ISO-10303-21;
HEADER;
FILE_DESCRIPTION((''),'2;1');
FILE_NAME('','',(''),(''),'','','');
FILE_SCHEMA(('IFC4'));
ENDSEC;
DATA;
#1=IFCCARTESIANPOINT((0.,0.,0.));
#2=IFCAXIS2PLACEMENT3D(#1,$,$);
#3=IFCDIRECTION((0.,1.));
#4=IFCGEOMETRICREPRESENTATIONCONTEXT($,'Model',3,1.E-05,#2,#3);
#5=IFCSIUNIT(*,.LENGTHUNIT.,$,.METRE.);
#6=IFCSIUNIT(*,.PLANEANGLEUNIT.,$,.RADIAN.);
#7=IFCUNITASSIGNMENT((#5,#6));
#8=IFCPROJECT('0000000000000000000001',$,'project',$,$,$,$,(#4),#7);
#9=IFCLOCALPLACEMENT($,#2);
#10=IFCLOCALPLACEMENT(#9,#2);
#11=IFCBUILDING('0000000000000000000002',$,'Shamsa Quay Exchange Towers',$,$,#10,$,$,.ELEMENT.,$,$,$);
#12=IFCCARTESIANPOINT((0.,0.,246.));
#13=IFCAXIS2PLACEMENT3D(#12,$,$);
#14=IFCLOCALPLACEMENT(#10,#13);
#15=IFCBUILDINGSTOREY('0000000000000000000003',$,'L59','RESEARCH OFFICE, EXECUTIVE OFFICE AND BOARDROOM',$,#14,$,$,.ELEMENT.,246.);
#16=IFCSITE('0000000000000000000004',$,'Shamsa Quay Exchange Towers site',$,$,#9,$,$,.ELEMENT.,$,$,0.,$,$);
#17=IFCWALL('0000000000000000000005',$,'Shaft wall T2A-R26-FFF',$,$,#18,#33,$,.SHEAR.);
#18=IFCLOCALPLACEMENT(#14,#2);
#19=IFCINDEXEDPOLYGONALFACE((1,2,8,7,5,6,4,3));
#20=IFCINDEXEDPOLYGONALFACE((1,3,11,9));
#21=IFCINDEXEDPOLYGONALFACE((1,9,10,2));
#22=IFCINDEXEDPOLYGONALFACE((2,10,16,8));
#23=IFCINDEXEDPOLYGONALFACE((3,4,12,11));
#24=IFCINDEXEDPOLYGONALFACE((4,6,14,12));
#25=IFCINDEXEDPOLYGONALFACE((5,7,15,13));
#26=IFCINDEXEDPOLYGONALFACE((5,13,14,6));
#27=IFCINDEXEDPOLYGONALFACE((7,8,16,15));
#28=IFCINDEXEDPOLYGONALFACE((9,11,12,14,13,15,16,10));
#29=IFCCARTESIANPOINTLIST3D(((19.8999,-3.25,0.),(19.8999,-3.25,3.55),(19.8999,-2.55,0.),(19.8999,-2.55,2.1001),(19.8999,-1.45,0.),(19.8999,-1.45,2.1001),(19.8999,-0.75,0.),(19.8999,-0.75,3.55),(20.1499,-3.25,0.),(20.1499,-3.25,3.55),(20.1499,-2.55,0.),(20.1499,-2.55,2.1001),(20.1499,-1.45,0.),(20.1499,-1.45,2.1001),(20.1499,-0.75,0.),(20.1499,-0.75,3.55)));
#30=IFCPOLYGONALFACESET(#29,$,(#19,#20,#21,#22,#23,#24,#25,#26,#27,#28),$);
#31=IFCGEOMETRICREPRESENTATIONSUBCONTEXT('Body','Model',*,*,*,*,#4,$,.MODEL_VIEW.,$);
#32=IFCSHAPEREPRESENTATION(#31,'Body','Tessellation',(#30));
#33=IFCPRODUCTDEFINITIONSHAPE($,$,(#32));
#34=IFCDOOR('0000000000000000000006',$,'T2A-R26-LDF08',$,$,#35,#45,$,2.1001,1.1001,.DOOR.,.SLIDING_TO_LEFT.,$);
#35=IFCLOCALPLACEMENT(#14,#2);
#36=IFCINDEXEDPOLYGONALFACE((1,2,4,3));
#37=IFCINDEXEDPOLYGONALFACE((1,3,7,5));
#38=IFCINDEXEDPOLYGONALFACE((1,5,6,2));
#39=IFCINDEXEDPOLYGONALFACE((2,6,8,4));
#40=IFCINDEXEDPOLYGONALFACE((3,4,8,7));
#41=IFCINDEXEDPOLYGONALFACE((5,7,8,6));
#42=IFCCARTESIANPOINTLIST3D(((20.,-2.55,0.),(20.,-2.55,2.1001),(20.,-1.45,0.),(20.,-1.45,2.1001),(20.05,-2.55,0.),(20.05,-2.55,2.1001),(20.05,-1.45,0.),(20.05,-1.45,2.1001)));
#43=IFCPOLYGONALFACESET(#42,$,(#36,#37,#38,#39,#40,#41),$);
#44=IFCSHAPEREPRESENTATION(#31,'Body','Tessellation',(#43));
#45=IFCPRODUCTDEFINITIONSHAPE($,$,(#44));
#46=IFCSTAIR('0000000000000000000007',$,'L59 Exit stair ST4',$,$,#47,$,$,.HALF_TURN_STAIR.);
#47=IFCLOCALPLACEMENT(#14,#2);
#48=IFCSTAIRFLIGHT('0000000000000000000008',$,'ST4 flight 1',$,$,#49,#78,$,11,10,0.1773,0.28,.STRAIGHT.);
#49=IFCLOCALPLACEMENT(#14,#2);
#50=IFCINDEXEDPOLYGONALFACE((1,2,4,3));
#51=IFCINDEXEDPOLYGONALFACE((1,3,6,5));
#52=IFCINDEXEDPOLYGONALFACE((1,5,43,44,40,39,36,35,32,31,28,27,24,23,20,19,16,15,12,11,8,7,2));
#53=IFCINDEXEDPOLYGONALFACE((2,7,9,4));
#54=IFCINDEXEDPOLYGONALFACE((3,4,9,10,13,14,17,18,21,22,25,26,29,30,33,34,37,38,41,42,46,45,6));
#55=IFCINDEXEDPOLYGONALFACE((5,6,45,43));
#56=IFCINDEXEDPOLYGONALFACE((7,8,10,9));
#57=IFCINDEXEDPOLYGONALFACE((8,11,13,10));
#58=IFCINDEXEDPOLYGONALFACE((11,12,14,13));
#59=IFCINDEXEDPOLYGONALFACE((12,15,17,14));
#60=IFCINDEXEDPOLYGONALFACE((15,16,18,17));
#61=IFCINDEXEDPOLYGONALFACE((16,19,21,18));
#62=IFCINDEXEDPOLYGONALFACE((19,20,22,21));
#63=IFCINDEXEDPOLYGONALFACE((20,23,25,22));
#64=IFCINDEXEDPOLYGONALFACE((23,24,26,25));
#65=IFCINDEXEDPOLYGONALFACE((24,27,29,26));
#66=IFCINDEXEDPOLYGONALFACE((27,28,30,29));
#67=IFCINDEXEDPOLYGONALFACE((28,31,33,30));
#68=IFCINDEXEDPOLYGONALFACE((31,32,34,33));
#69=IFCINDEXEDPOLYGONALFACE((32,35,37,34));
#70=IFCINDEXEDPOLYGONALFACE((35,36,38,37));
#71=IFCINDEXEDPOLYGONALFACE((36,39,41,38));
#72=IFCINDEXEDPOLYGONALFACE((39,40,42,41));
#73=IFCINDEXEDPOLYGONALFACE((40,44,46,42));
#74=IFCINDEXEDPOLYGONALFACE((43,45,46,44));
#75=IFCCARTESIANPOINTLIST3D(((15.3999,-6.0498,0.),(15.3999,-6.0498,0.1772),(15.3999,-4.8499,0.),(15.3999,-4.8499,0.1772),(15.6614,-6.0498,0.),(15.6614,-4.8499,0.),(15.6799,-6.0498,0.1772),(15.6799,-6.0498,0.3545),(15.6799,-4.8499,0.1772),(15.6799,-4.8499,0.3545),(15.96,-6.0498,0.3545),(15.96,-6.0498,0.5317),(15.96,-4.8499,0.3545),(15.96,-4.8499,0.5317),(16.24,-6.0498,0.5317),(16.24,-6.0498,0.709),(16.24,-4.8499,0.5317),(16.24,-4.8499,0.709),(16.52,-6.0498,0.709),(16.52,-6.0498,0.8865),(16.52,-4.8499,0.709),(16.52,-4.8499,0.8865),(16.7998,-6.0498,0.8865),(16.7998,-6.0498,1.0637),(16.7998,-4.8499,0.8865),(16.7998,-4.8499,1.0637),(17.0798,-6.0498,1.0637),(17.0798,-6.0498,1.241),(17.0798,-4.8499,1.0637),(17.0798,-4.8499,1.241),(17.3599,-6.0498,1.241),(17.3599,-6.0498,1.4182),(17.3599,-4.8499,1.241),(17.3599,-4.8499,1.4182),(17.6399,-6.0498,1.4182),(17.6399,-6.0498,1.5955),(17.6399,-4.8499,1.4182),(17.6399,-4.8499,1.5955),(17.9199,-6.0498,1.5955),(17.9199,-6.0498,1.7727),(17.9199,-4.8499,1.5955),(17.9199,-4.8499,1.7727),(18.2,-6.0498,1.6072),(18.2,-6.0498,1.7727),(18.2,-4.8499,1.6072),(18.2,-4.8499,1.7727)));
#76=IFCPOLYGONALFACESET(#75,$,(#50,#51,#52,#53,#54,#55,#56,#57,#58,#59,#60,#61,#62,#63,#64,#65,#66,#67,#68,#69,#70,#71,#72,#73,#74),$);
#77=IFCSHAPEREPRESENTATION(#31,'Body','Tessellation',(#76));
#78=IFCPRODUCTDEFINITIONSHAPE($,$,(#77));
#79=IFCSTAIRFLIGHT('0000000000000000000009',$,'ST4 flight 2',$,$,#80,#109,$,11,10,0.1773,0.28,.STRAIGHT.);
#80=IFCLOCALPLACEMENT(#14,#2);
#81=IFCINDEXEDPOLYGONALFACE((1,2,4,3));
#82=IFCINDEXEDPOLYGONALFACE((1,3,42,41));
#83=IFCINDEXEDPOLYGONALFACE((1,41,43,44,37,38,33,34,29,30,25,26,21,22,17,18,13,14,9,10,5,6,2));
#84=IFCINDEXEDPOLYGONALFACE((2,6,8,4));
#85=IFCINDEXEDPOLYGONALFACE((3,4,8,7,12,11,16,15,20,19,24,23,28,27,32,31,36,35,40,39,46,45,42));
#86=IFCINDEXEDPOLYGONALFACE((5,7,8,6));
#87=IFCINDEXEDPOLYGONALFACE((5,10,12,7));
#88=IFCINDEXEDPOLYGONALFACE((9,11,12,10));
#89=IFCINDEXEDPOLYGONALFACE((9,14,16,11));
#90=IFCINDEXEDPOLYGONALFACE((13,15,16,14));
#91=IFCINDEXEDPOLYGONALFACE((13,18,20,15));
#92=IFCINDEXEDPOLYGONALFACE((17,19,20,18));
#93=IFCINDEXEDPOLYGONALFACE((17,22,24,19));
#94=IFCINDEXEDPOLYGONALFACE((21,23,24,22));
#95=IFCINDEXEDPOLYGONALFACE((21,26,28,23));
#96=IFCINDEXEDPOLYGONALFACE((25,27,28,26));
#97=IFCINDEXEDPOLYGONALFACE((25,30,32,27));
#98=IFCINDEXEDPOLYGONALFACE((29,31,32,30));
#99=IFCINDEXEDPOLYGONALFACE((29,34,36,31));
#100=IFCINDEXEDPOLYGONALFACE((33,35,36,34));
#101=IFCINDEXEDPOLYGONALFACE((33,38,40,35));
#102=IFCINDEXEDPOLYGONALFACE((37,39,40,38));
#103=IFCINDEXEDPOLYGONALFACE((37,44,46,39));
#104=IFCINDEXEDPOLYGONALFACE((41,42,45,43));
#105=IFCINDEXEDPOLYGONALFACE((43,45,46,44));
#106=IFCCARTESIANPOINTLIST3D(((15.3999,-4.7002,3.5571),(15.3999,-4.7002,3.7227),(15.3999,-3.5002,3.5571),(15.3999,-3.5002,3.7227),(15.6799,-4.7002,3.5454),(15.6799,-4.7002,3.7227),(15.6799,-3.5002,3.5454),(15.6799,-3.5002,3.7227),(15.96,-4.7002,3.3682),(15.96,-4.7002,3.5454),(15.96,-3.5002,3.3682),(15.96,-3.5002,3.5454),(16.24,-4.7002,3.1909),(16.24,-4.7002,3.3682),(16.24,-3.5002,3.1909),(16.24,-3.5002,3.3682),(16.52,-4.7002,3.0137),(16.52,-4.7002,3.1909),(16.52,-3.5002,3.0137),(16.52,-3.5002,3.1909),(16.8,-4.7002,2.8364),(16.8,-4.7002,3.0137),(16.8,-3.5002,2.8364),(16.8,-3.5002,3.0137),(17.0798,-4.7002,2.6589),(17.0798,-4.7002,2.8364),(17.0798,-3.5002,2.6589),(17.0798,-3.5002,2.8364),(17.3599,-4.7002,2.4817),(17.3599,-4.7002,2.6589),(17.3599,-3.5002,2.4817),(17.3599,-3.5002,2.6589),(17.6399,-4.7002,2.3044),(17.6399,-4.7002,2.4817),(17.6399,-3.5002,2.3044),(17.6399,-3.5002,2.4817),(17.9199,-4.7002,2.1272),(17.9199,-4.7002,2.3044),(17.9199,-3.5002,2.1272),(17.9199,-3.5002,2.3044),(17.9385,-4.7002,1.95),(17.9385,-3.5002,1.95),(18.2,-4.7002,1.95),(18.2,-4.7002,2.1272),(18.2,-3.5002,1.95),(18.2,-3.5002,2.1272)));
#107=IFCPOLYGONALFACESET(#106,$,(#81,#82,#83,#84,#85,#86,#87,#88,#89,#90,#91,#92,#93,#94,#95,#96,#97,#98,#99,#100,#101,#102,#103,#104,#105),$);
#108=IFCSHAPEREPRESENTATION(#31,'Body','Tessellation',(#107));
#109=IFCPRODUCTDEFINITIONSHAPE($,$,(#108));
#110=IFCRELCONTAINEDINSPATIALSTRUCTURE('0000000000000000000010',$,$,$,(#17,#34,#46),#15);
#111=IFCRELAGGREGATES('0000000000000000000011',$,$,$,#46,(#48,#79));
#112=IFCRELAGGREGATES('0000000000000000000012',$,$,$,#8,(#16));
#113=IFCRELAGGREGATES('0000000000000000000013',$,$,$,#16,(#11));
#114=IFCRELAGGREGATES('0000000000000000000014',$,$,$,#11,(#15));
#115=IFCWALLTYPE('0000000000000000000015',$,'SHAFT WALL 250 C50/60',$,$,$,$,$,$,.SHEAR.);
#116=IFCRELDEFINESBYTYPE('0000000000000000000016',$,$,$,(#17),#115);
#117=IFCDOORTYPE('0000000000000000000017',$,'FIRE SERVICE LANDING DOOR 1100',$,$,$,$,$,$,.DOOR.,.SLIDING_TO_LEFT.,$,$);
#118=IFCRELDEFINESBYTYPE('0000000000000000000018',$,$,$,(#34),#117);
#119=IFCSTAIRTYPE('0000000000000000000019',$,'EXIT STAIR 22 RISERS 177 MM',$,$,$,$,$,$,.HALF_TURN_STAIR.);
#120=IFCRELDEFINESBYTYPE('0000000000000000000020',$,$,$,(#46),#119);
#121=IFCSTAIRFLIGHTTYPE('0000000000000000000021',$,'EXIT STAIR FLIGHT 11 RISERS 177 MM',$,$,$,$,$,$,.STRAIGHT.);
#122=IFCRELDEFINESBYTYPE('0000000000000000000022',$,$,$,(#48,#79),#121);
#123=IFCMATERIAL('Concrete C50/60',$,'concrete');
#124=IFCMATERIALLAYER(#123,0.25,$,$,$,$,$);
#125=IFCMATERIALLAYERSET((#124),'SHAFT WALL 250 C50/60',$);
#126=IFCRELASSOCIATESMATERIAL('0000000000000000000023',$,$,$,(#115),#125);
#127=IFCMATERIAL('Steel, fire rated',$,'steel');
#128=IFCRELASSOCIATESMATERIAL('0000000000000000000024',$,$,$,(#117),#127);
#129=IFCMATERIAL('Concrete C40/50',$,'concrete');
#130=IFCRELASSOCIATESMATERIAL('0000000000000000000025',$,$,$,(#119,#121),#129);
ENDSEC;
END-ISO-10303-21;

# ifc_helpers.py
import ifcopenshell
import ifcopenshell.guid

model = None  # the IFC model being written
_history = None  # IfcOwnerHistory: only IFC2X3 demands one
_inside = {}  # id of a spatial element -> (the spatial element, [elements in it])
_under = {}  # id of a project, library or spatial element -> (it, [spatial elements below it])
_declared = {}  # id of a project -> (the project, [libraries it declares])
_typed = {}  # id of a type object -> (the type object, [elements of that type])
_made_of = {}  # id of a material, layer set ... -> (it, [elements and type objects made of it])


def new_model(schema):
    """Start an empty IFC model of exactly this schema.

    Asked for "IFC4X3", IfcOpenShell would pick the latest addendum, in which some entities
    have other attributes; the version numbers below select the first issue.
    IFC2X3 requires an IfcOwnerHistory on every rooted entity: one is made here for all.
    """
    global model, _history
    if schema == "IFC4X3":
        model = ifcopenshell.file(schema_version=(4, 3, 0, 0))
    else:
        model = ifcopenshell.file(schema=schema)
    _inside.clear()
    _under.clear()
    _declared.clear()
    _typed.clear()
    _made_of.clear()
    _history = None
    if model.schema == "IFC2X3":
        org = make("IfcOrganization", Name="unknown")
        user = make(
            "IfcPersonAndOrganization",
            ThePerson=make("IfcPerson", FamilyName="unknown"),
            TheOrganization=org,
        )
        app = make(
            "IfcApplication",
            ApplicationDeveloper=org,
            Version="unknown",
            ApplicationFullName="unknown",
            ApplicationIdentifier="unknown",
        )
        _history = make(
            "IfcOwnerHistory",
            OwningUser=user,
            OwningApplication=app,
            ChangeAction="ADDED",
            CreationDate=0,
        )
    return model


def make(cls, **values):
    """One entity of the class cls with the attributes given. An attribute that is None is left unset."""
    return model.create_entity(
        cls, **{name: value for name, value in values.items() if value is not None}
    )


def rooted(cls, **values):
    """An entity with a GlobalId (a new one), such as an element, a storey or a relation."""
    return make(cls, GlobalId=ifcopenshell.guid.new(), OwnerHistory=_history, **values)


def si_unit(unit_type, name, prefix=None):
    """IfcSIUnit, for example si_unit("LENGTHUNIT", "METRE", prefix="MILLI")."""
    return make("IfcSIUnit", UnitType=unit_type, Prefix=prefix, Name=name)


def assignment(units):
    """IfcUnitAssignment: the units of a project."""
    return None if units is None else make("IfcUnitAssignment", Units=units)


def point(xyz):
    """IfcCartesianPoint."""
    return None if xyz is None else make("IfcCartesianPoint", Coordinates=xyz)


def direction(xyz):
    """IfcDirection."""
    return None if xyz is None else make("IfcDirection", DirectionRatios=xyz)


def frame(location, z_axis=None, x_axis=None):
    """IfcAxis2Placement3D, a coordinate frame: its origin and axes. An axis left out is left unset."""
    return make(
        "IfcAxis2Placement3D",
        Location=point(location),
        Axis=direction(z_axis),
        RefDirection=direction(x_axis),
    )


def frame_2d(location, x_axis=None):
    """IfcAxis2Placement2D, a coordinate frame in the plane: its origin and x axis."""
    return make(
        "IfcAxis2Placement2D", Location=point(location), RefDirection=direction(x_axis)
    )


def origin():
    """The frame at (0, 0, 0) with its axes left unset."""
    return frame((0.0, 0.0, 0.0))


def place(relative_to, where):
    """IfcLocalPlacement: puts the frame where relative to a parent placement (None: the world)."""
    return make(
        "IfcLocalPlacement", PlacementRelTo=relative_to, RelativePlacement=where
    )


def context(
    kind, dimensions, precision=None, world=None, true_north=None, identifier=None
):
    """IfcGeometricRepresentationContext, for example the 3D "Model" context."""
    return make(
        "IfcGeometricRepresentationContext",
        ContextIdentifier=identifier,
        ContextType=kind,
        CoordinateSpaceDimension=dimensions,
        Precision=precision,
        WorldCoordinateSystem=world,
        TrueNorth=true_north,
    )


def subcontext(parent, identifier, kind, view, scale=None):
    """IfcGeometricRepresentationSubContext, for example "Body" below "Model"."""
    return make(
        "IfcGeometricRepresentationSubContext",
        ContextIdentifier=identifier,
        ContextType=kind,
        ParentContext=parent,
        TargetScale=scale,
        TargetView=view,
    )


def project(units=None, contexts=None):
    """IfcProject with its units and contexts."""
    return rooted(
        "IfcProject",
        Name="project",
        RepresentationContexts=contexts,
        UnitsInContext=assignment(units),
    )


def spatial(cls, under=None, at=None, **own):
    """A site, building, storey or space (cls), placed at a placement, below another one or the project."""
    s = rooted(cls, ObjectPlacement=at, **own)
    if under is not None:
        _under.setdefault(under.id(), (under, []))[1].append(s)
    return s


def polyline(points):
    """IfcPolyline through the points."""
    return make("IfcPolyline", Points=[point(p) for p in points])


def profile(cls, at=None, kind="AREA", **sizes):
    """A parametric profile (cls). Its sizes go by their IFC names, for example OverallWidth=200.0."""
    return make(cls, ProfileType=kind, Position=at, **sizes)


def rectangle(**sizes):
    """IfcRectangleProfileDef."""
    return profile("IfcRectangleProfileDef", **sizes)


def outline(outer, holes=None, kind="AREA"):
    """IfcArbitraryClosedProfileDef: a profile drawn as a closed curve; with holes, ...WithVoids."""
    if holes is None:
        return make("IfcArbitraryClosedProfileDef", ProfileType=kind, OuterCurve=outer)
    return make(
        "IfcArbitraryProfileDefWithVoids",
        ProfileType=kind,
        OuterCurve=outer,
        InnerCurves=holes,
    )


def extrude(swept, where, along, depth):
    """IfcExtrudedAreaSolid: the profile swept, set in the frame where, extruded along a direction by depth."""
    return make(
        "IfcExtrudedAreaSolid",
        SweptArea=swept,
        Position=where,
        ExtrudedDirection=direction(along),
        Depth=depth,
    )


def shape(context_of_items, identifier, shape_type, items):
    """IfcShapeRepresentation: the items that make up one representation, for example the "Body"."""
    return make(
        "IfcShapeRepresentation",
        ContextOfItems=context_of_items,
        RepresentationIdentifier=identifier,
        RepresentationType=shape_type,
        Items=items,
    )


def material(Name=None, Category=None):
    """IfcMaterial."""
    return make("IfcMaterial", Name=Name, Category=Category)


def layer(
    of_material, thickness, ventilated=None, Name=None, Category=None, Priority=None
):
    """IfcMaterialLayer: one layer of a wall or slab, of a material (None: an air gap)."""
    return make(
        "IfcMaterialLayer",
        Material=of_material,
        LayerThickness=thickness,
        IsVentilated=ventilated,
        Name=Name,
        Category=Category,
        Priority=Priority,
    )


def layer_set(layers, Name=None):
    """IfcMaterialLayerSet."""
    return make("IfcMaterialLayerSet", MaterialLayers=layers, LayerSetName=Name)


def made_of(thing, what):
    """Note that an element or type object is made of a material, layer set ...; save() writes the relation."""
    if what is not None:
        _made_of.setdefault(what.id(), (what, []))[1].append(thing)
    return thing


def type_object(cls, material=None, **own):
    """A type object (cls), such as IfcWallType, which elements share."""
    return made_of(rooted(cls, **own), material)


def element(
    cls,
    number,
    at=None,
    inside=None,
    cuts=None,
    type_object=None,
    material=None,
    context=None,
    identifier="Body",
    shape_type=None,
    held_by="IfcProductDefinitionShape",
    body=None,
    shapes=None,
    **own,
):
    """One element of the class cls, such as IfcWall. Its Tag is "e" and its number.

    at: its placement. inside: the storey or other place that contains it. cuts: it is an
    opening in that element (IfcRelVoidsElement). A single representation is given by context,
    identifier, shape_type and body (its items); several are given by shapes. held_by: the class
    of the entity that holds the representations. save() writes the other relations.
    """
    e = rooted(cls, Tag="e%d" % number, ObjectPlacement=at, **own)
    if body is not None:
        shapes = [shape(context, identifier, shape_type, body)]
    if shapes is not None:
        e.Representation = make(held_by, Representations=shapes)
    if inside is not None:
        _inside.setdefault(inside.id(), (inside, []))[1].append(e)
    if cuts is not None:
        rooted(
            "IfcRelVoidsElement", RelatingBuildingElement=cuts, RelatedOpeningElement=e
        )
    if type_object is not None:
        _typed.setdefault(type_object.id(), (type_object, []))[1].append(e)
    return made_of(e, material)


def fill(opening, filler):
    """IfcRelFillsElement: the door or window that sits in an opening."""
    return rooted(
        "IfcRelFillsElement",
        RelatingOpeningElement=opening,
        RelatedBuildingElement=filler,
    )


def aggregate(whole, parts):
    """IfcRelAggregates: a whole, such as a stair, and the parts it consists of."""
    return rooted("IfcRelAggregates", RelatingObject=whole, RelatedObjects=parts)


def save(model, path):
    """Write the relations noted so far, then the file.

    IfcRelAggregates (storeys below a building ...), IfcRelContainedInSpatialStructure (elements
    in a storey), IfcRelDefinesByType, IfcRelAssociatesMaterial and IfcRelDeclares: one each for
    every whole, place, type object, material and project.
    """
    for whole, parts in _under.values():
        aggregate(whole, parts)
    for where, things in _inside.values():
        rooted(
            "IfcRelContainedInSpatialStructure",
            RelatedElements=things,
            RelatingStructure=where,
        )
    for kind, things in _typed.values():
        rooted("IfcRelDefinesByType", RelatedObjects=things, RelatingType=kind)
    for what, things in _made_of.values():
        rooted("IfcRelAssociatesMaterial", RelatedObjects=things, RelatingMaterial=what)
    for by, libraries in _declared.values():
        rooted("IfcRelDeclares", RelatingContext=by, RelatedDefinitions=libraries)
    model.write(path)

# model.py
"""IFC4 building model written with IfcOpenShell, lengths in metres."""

from ifc_helpers import new_model, si_unit, direction, frame, frame_2d, origin, place, context, subcontext, project, spatial, polyline, rectangle, outline, extrude, material, layer, layer_set, type_object, element, fill, aggregate, save


model = new_model("IFC4")

# Units and contexts
model_context = context("Model", 3, precision=1e-05, world=origin(), true_north=direction((0.0, 1.0)))
body_context = subcontext(model_context, "Body", "Model", "MODEL_VIEW")
ifc_project = project(units=[si_unit("LENGTHUNIT", "METRE"), si_unit("PLANEANGLEUNIT", "RADIAN")], contexts=[model_context])

# Site, building, storey
site_placement = place(None, origin())
site = spatial("IfcSite", under=ifc_project, at=site_placement, Name="Shamsa Quay Exchange Towers site", CompositionType="ELEMENT", RefElevation=0.0)
building_placement = place(site_placement, origin())
building = spatial("IfcBuilding", under=site, at=building_placement, Name="Shamsa Quay Exchange Towers", CompositionType="ELEMENT")
storey_placement = place(building_placement, frame((0.0, 0.0, 246.0)))
storey = spatial("IfcBuildingStorey", under=building, at=storey_placement, Name="L59", Description="RESEARCH OFFICE, EXECUTIVE OFFICE AND BOARDROOM", CompositionType="ELEMENT", Elevation=246.0)

# Shared definitions
ifc_material_1 = material(Name="Concrete C50/60", Category="concrete")
ifc_layer_1 = layer(ifc_material_1, 0.25)
ifc_layer_set_1 = layer_set([ifc_layer_1], Name="SHAFT WALL 250 C50/60")
wall_type_1 = type_object("IfcWallType", Name="SHAFT WALL 250 C50/60", PredefinedType="SHEAR", material=ifc_layer_set_1)

# Wall, opening, door
wall_1_placement = place(storey_placement, frame((20.0249, -3.25, 0.0), z_axis=(0.0, 0.0, 1.0), x_axis=(0.0, 1.0, 0.0)))
wall_1 = element("IfcWall", 1, at=wall_1_placement, inside=storey, type_object=wall_type_1, Name="Shaft wall T2A-R26-FFF", PredefinedType="SHEAR", context=body_context, shape_type="SweptSolid", body=[
    extrude(rectangle(XDim=2.5, YDim=0.25, at=frame_2d((1.25, 0.0))), origin(), (0.0, 0.0, 1.0), 3.55),
])
opening_placement = place(wall_1_placement, frame((0.7, 0.0, 0.0)))
opening = element("IfcOpeningElement", 2, at=opening_placement, cuts=wall_1, PredefinedType="OPENING", context=body_context, shape_type="SweptSolid", body=[
    extrude(rectangle(XDim=1.1001, YDim=2.1001, at=frame_2d((0.55, 1.05))), frame((0.0, 0.135, 0.0), z_axis=(0.0, -1.0, 0.0), x_axis=(1.0, 0.0, 0.0)), (0.0, 0.0, 1.0), 0.27),
])
ifc_material_2 = material(Name="Steel, fire rated", Category="steel")
door_type = type_object("IfcDoorType", Name="FIRE SERVICE LANDING DOOR 1100", OperationType="SLIDING_TO_LEFT", PredefinedType="DOOR", material=ifc_material_2)
door_placement = place(opening_placement, origin())
door = element("IfcDoor", 3, at=door_placement, inside=storey, type_object=door_type, Name="T2A-R26-LDF08", OperationType="SLIDING_TO_LEFT", OverallHeight=2.1001, OverallWidth=1.1001, PredefinedType="DOOR", context=body_context, shape_type="SweptSolid", body=[
    extrude(rectangle(XDim=1.1001, YDim=2.1001, at=frame_2d((0.55, 1.05))), frame((0.0, 0.0249, 0.0), z_axis=(0.0, -1.0, 0.0), x_axis=(1.0, 0.0, 0.0)), (0.0, 0.0, 1.0), 0.05),
])
fill(opening, door)

# Stair, stair flights
ifc_material_3 = material(Name="Concrete C40/50", Category="concrete")
stair_type = type_object("IfcStairType", Name="EXIT STAIR 22 RISERS 177 MM", PredefinedType="HALF_TURN_STAIR", material=ifc_material_3)
stair_placement = place(storey_placement, origin())
stair = element("IfcStair", 4, at=stair_placement, inside=storey, type_object=stair_type, Name="L59 Exit stair ST4", PredefinedType="HALF_TURN_STAIR")
stair_flight_type = type_object("IfcStairFlightType", Name="EXIT STAIR FLIGHT 11 RISERS 177 MM", PredefinedType="STRAIGHT", material=ifc_material_3)
stair_flight_1_placement = place(storey_placement, frame((15.3999, -5.45, 0.0)))
stair_flight_1 = element("IfcStairFlight", 5, at=stair_flight_1_placement, type_object=stair_flight_type, Name="ST4 flight 1", NumberOfRisers=11, NumberOfTreads=10, PredefinedType="STRAIGHT", RiserHeight=0.1773, TreadLength=0.28, context=body_context, shape_type="SweptSolid", body=[
    extrude(outline(polyline([(0.0, 0.0), (0.0, 0.1772), (0.28, 0.1772), (0.28, 0.3545), (0.5601, 0.3545), (0.5601, 0.5317), (0.8401, 0.5317), (0.8401, 0.709), (1.1201, 0.709), (1.1201, 0.8865), (1.3999, 0.8865), (1.3999, 1.0637), (1.6799, 1.0637), (1.6799, 1.241), (1.96, 1.241), (1.96, 1.4182), (2.24, 1.4182), (2.24, 1.5955), (2.52, 1.5955), (2.52, 1.7727), (2.8, 1.7727), (2.8, 1.95), (2.8, 1.6072), (0.2615, 0.0), (0.0, 0.0)])), frame((0.0, 0.6001, 0.0), z_axis=(0.0, -1.0, 0.0), x_axis=(1.0, 0.0, 0.0)), (0.0, 0.0, 1.0), 1.2),
])
stair_flight_2_placement = place(storey_placement, frame((18.2, -4.1001, 1.95), z_axis=(0.0, 0.0, 1.0), x_axis=(-1.0, 0.0, 0.0)))
stair_flight_2 = element("IfcStairFlight", 6, at=stair_flight_2_placement, type_object=stair_flight_type, Name="ST4 flight 2", NumberOfRisers=11, NumberOfTreads=10, PredefinedType="STRAIGHT", RiserHeight=0.1773, TreadLength=0.28, context=body_context, shape_type="SweptSolid", body=[
    extrude(outline(polyline([(0.0, 0.0), (0.0, 0.1772), (0.28, 0.1772), (0.28, 0.3545), (0.5601, 0.3545), (0.5601, 0.5317), (0.8401, 0.5317), (0.8401, 0.709), (1.1201, 0.709), (1.1201, 0.8865), (1.3999, 0.8865), (1.3999, 1.0637), (1.6799, 1.0637), (1.6799, 1.241), (1.96, 1.241), (1.96, 1.4182), (2.24, 1.4182), (2.24, 1.5955), (2.52, 1.5955), (2.52, 1.7727), (2.8, 1.7727), (2.8, 1.95), (2.8, 1.6072), (0.2615, 0.0), (0.0, 0.0)])), frame((0.0, 0.6001, 0.0), z_axis=(0.0, -1.0, 0.0), x_axis=(1.0, 0.0, 0.0)), (0.0, 0.0, 1.0), 1.2),
])
aggregate(stair, [stair_flight_1, stair_flight_2])

save(model, "model.ifc")
